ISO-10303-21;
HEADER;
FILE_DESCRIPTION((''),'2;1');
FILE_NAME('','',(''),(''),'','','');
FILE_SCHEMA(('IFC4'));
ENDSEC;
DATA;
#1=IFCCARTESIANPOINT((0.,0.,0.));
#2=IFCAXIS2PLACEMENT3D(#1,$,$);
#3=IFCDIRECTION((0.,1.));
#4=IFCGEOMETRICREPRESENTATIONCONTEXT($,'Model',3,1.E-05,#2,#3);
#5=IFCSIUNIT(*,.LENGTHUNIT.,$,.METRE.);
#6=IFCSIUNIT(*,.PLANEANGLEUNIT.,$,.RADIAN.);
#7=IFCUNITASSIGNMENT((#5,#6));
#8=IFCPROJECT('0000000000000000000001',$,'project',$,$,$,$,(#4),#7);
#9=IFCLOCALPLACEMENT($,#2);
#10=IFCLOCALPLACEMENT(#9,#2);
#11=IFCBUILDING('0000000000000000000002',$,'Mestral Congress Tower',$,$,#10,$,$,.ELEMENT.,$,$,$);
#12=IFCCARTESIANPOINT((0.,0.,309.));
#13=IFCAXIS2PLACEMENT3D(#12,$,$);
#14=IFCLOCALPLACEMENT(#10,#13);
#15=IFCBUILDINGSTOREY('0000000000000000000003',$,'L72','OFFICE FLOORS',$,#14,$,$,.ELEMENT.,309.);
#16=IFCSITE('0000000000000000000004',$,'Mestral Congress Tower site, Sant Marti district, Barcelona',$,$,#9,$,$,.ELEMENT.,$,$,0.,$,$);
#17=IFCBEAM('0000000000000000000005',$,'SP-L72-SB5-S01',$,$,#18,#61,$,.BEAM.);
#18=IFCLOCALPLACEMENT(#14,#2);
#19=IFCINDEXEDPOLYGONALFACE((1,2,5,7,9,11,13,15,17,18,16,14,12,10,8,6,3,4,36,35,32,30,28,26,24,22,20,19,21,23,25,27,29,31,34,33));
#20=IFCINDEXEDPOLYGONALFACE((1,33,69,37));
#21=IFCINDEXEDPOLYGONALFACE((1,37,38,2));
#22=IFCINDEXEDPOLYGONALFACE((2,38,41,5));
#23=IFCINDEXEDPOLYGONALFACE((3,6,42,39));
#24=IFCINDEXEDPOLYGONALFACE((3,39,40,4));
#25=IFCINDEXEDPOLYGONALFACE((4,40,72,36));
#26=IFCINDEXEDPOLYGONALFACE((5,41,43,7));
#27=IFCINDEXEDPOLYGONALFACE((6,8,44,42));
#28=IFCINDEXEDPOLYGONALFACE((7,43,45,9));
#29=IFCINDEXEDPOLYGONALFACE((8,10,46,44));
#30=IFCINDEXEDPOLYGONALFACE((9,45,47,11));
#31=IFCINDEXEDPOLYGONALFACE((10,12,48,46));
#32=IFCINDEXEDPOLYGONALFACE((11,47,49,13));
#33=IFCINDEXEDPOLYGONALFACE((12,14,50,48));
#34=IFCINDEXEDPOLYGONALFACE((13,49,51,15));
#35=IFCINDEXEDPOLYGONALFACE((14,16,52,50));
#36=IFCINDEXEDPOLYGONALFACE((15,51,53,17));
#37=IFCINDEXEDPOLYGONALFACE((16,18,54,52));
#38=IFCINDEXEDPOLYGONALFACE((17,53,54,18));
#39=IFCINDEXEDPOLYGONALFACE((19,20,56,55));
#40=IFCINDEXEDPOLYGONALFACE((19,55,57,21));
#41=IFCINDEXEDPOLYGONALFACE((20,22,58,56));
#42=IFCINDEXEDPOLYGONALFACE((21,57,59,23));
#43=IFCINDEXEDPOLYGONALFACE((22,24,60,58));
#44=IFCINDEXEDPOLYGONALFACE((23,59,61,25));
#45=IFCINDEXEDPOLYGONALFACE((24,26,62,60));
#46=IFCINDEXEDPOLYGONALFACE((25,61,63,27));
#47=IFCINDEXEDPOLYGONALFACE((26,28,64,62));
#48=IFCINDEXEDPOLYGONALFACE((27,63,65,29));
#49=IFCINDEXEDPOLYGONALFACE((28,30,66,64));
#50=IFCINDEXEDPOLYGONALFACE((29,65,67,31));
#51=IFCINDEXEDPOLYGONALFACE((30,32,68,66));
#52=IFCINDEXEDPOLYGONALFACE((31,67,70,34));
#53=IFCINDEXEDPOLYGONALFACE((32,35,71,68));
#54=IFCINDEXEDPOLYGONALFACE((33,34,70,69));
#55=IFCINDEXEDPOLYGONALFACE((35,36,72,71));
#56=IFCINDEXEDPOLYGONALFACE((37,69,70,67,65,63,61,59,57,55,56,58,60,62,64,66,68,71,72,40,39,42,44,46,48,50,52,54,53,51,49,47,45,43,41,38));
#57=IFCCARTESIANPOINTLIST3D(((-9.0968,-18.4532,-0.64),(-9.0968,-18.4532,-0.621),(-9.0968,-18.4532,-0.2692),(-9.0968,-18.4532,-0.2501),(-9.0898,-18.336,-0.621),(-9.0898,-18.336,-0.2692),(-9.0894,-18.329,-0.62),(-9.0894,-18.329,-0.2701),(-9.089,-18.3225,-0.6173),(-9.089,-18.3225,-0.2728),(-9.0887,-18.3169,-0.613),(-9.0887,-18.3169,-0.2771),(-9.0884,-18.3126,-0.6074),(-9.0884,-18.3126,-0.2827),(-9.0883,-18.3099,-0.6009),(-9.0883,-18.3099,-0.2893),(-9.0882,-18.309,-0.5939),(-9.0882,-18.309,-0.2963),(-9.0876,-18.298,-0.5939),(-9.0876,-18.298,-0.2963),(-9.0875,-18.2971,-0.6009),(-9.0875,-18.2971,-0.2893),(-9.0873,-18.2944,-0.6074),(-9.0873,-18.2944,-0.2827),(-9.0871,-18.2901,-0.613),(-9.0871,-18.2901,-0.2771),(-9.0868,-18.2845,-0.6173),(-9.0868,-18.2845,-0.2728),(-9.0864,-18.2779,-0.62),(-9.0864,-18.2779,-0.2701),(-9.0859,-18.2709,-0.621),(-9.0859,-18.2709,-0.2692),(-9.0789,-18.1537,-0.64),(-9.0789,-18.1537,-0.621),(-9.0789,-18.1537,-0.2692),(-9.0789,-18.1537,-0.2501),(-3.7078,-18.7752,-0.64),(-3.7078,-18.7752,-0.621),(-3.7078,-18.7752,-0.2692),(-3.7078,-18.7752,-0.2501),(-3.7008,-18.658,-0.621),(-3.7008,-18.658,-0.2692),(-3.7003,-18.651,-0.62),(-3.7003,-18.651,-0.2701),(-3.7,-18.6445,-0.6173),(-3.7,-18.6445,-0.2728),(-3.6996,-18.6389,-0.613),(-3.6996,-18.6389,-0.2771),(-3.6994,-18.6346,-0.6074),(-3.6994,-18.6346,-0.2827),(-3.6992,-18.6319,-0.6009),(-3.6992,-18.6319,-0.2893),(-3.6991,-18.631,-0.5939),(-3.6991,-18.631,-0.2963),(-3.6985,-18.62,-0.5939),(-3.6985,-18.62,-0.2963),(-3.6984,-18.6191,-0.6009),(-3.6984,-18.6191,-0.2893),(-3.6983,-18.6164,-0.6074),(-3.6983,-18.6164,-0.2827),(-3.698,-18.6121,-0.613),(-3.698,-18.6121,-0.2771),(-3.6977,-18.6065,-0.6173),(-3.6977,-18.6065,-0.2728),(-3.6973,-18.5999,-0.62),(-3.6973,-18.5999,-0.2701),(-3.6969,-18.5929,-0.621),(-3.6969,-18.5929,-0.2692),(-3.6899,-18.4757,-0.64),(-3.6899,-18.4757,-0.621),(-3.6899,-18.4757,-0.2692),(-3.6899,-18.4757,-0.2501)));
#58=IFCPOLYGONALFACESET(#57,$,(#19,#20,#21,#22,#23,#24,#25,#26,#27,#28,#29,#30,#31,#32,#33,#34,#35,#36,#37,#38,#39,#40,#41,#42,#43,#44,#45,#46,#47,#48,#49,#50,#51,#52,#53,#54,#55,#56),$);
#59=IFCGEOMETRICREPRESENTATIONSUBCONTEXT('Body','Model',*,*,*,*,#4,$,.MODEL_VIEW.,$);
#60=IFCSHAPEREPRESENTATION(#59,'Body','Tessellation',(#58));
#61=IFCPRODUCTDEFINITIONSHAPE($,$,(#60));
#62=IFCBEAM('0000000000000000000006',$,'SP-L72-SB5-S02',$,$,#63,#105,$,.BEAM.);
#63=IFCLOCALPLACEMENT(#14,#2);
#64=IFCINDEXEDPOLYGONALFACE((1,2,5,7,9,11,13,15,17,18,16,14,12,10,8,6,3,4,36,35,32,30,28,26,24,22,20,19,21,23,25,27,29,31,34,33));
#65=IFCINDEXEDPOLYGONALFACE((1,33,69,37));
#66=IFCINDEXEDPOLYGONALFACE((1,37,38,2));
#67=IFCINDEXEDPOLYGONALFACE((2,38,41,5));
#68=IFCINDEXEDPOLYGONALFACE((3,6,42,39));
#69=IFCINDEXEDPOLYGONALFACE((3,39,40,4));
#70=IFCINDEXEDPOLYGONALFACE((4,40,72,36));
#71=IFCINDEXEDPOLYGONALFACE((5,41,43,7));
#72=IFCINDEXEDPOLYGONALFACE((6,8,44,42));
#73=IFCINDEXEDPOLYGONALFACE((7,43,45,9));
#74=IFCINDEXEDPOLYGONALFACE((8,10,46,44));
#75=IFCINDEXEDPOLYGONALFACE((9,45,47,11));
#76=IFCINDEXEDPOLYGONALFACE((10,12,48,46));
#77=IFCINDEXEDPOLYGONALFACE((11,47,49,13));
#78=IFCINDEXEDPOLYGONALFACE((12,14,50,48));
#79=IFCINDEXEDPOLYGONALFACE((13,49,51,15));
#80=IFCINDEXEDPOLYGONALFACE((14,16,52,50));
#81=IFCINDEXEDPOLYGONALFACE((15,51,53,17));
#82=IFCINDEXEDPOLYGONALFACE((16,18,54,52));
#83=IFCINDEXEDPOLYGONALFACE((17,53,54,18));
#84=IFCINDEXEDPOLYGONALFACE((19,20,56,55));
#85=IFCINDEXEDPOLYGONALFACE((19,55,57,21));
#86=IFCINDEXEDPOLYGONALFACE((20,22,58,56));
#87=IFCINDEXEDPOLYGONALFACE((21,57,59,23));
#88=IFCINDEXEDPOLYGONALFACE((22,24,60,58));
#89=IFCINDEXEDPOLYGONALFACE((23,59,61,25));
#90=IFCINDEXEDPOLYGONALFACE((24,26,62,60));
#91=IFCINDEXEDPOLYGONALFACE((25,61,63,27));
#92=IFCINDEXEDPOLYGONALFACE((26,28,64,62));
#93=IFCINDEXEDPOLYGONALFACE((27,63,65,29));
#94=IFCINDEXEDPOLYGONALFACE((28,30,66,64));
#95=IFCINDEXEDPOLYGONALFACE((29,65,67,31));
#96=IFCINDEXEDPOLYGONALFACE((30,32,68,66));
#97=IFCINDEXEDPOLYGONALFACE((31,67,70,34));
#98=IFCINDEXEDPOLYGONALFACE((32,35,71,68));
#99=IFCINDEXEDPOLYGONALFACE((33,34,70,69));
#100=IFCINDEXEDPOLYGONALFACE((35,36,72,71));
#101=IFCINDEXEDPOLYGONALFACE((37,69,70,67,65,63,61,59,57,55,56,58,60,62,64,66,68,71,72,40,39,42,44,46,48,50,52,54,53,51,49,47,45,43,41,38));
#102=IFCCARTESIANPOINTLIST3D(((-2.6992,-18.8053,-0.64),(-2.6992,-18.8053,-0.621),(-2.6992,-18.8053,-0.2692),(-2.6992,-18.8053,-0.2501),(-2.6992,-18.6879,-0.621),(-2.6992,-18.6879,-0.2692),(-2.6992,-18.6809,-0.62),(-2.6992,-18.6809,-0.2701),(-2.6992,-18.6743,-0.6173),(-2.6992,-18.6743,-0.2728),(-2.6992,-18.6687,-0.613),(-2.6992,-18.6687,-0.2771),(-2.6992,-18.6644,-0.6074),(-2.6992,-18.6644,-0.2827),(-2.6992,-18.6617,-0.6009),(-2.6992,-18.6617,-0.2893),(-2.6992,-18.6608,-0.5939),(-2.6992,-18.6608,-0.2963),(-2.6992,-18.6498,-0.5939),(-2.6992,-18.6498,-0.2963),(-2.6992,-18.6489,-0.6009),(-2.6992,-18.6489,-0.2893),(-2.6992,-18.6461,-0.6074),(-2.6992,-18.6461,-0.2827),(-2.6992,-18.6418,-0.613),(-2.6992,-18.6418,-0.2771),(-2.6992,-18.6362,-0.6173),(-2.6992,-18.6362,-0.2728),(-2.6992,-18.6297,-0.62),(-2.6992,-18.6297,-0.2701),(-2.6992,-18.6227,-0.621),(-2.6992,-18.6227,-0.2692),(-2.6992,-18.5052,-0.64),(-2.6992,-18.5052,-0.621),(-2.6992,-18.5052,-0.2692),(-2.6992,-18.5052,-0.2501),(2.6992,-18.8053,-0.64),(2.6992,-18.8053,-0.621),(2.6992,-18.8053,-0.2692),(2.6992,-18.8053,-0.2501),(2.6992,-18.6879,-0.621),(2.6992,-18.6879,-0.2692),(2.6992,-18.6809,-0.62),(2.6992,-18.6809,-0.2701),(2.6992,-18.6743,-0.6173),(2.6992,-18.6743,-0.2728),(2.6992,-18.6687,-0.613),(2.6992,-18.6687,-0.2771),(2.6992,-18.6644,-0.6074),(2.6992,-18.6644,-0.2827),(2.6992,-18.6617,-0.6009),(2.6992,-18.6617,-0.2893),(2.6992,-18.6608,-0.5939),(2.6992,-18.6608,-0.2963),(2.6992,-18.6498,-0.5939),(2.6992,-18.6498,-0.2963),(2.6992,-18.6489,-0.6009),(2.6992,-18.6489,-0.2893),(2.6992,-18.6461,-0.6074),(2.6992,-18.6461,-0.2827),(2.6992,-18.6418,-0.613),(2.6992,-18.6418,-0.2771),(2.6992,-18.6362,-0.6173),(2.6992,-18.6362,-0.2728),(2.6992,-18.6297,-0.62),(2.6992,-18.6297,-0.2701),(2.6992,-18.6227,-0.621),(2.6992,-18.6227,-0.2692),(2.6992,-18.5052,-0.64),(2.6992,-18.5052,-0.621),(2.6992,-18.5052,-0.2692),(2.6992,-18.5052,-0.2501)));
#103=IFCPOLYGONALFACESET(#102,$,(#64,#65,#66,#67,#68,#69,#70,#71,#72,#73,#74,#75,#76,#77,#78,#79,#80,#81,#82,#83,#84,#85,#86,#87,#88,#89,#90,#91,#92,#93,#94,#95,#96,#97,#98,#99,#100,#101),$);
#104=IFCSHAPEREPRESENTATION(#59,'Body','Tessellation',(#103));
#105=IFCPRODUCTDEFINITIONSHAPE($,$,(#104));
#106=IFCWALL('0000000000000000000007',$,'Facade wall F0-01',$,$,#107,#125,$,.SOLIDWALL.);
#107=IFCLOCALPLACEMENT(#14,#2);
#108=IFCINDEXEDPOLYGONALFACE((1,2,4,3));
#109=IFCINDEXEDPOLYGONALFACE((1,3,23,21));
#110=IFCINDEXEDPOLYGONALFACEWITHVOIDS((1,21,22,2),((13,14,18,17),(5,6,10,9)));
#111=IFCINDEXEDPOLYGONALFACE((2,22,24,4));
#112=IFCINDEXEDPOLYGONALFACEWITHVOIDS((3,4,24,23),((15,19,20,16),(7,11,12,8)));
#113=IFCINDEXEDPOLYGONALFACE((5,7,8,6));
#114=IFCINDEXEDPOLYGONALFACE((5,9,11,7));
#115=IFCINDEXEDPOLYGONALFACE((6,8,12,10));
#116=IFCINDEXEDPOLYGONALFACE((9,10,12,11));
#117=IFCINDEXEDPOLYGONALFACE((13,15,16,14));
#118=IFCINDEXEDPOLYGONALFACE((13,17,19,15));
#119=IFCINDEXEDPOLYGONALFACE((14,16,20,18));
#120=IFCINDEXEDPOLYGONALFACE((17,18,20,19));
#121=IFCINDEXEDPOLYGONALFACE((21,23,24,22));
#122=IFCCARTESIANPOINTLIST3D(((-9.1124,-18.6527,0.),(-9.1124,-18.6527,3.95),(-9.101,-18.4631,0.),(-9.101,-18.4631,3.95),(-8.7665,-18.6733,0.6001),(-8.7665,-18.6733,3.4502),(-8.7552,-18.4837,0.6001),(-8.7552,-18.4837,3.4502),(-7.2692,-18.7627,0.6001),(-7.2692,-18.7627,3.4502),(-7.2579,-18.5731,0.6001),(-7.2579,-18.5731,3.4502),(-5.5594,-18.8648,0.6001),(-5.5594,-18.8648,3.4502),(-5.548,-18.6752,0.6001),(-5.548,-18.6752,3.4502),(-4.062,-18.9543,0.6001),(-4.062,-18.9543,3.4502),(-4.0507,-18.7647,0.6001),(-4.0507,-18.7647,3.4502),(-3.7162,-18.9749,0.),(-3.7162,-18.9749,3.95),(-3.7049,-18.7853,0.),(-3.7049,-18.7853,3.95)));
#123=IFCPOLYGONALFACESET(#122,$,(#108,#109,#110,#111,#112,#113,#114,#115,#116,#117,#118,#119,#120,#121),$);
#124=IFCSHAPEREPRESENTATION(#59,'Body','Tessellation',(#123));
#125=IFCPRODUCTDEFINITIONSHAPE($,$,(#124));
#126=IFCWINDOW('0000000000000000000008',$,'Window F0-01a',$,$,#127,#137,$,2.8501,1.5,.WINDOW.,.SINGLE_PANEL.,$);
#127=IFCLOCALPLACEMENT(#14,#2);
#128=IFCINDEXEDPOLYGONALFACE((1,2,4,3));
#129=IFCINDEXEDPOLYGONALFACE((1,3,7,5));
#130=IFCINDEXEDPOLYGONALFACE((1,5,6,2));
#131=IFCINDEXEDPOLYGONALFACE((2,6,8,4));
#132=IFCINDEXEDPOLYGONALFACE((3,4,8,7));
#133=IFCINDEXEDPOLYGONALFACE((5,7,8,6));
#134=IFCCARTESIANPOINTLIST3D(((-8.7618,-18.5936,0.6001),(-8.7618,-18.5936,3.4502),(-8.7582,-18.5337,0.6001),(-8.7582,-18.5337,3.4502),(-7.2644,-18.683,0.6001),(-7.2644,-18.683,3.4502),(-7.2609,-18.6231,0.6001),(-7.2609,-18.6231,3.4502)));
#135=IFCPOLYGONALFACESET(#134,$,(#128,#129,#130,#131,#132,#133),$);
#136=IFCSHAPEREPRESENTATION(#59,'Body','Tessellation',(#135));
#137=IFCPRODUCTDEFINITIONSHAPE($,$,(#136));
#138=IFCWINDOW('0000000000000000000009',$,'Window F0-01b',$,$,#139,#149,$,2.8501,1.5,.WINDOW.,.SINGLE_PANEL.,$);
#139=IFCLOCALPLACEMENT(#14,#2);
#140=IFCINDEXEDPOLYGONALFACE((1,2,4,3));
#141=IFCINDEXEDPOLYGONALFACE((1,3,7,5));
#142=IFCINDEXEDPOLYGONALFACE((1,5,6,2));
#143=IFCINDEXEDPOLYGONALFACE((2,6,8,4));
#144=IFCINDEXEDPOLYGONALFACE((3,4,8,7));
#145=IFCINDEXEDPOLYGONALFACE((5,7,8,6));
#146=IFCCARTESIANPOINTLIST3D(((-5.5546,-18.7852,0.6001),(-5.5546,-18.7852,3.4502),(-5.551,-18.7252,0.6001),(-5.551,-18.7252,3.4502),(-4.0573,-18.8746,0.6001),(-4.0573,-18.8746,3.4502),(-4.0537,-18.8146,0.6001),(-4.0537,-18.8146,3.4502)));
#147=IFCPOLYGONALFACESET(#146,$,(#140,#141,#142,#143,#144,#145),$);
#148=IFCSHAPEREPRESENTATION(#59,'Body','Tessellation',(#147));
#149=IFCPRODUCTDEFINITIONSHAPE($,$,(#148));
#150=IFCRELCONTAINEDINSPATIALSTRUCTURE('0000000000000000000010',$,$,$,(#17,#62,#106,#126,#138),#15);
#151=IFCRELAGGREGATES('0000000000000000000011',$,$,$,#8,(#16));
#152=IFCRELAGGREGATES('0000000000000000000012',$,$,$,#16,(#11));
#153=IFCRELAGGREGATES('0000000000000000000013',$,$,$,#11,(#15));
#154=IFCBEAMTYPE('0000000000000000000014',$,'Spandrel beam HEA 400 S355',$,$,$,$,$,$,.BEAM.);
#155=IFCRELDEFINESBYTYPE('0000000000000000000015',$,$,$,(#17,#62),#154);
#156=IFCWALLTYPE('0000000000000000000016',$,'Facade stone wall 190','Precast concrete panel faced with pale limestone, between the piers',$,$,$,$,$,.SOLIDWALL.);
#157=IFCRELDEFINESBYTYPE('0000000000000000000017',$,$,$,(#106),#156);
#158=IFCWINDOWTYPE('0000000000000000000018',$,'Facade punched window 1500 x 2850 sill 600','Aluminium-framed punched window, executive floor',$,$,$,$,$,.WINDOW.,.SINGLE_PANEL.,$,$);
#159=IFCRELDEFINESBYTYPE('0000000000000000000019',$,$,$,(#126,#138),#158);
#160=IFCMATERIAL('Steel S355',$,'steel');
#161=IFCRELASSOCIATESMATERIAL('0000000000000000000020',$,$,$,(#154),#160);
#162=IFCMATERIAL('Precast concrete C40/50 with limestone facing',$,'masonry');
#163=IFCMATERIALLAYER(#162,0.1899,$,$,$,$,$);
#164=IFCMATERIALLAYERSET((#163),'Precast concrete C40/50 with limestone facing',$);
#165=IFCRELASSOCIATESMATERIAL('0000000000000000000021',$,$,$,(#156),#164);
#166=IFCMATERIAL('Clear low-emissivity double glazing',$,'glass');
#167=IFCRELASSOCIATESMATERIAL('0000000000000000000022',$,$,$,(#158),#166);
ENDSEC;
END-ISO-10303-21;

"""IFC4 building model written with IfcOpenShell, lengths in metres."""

from ifc_helpers import new_model, si_unit, direction, frame, frame_2d, origin, origin_2d, place, context, subcontext, project, spatial, rectangle, i_section, extrude, material, layer, layer_set, material_profile, profile_set, type_object, element, fill, save


model = new_model("IFC4")

# Units and contexts
model_context = context("Model", 3, precision=1e-05, world=origin(), true_north=direction((0.0, 1.0)))
body_context = subcontext(model_context, "Body", "Model", "MODEL_VIEW")
ifc_project = project(units=[si_unit("LENGTHUNIT", "METRE"), si_unit("PLANEANGLEUNIT", "RADIAN")], contexts=[model_context])

# Site, building, storey
site_placement = place(None, origin())
site = spatial("IfcSite", under=ifc_project, at=site_placement, Name="Mestral Congress Tower site, Sant Marti district, Barcelona", CompositionType="ELEMENT", RefElevation=0.0)
building_placement = place(site_placement, origin())
building = spatial("IfcBuilding", under=site, at=building_placement, Name="Mestral Congress Tower", CompositionType="ELEMENT")
storey_placement = place(building_placement, frame((0.0, 0.0, 309.0)))
storey = spatial("IfcBuildingStorey", under=building, at=storey_placement, Name="L72", Description="OFFICE FLOORS", CompositionType="ELEMENT", Elevation=309.0)

# Beams
ifc_material_1 = material(Name="Steel S355", Category="steel")
ifc_material_profile_1 = material_profile(ifc_material_1, i_section(OverallWidth=0.3, OverallDepth=0.3899, WebThickness=0.011, FlangeThickness=0.019, FilletRadius=0.0271, at=origin_2d()), Name="HEA 400")
ifc_profile_set_1 = profile_set([ifc_material_profile_1], Name="Steel S355")
beam_type_1 = type_object("IfcBeamType", Name="Spandrel beam HEA 400 S355", PredefinedType="BEAM", material=ifc_profile_set_1)
beam_1_placement = place(storey_placement, frame((-9.0879, -18.3035, -0.4451), z_axis=(0.99822, -0.059647, 0.0), x_axis=(0.059647, 0.99822, 0.0)))
element("IfcBeam", 1, at=beam_1_placement, inside=storey, type_object=beam_type_1, Name="SP-L72-SB5-S01", PredefinedType="BEAM", context=body_context, shape_type="SweptSolid", body=[
    extrude(i_section(OverallWidth=0.3, OverallDepth=0.3899, WebThickness=0.011, FlangeThickness=0.019, FilletRadius=0.0271, at=origin_2d()), origin(), (0.0, 0.0, 1.0), 5.3987),
])
beam_2_placement = place(storey_placement, frame((-2.6992, -18.6553, -0.4451), z_axis=(1.0, 0.0, 0.0), x_axis=(0.0, 1.0, 0.0)))
element("IfcBeam", 2, at=beam_2_placement, inside=storey, type_object=beam_type_1, Name="SP-L72-SB5-S02", PredefinedType="BEAM", context=body_context, shape_type="SweptSolid", body=[
    extrude(i_section(OverallWidth=0.3, OverallDepth=0.3899, WebThickness=0.011, FlangeThickness=0.019, FilletRadius=0.0271, at=origin_2d()), origin(), (0.0, 0.0, 1.0), 5.3984),
])

# Wall, openings, windows
ifc_material_2 = material(Name="Precast concrete C40/50 with limestone facing", Category="masonry")
ifc_layer_1 = layer(ifc_material_2, 0.1899)
ifc_layer_set_1 = layer_set([ifc_layer_1], Name="Precast concrete C40/50 with limestone facing")
wall_type_1 = type_object("IfcWallType", Name="Facade stone wall 190", Description="Precast concrete panel faced with pale limestone, between the piers", PredefinedType="SOLIDWALL", material=ifc_layer_set_1)
wall_1_placement = place(storey_placement, frame((-9.1067, -18.5579, 0.0), z_axis=(0.0, 0.0, 1.0), x_axis=(0.998221, -0.059614, 0.0)))
wall_1 = element("IfcWall", 3, at=wall_1_placement, inside=storey, type_object=wall_type_1, Name="Facade wall F0-01", PredefinedType="SOLIDWALL", context=body_context, shape_type="SweptSolid", body=[
    extrude(rectangle(XDim=5.4058, YDim=0.1899, at=frame_2d((2.7029, 0.0))), origin(), (0.0, 0.0, 1.0), 3.95),
])
opening_1_placement = place(wall_1_placement, frame((0.3464, 0.0, 0.6001)))
opening_1 = element("IfcOpeningElement", 4, at=opening_1_placement, cuts=wall_1, PredefinedType="OPENING", context=body_context, shape_type="SweptSolid", body=[
    extrude(rectangle(XDim=1.5, YDim=2.8501, at=frame_2d((0.75, 1.425))), frame((0.0, 0.105, 0.0), z_axis=(0.0, -1.0, 0.0), x_axis=(1.0, 0.0, 0.0)), (0.0, 0.0, 1.0), 0.21),
])
opening_2_placement = place(wall_1_placement, frame((3.5593, 0.0, 0.6001)))
opening_2 = element("IfcOpeningElement", 5, at=opening_2_placement, cuts=wall_1, PredefinedType="OPENING", context=body_context, shape_type="SweptSolid", body=[
    extrude(rectangle(XDim=1.5, YDim=2.8501, at=frame_2d((0.75, 1.425))), frame((0.0, 0.105, 0.0), z_axis=(0.0, -1.0, 0.0), x_axis=(1.0, 0.0, 0.0)), (0.0, 0.0, 1.0), 0.21),
])
ifc_material_3 = material(Name="Clear low-emissivity double glazing", Category="glass")
window_type = type_object("IfcWindowType", Name="Facade punched window 1500 x 2850 sill 600", Description="Aluminium-framed punched window, executive floor", PartitioningType="SINGLE_PANEL", PredefinedType="WINDOW", material=ifc_material_3)
window_1_placement = place(opening_1_placement, origin())
window_1 = element("IfcWindow", 6, at=window_1_placement, inside=storey, type_object=window_type, Name="Window F0-01a", OverallHeight=2.8501, OverallWidth=1.5, PartitioningType="SINGLE_PANEL", PredefinedType="WINDOW", context=body_context, shape_type="SweptSolid", body=[
    extrude(rectangle(XDim=1.5, YDim=2.8501, at=frame_2d((0.75, 1.425))), frame((0.0, 0.0449, 0.0), z_axis=(0.0, -1.0, 0.0), x_axis=(1.0, 0.0, 0.0)), (0.0, 0.0, 1.0), 0.0601),
])
fill(opening_1, window_1)
window_2_placement = place(opening_2_placement, origin())
window_2 = element("IfcWindow", 7, at=window_2_placement, inside=storey, type_object=window_type, Name="Window F0-01b", OverallHeight=2.8501, OverallWidth=1.5, PartitioningType="SINGLE_PANEL", PredefinedType="WINDOW", context=body_context, shape_type="SweptSolid", body=[
    extrude(rectangle(XDim=1.5, YDim=2.8501, at=frame_2d((0.75, 1.425))), frame((0.0, 0.0449, 0.0), z_axis=(0.0, -1.0, 0.0), x_axis=(1.0, 0.0, 0.0)), (0.0, 0.0, 1.0), 0.0601),
])
fill(opening_2, window_2)

save(model, "model.ifc")
